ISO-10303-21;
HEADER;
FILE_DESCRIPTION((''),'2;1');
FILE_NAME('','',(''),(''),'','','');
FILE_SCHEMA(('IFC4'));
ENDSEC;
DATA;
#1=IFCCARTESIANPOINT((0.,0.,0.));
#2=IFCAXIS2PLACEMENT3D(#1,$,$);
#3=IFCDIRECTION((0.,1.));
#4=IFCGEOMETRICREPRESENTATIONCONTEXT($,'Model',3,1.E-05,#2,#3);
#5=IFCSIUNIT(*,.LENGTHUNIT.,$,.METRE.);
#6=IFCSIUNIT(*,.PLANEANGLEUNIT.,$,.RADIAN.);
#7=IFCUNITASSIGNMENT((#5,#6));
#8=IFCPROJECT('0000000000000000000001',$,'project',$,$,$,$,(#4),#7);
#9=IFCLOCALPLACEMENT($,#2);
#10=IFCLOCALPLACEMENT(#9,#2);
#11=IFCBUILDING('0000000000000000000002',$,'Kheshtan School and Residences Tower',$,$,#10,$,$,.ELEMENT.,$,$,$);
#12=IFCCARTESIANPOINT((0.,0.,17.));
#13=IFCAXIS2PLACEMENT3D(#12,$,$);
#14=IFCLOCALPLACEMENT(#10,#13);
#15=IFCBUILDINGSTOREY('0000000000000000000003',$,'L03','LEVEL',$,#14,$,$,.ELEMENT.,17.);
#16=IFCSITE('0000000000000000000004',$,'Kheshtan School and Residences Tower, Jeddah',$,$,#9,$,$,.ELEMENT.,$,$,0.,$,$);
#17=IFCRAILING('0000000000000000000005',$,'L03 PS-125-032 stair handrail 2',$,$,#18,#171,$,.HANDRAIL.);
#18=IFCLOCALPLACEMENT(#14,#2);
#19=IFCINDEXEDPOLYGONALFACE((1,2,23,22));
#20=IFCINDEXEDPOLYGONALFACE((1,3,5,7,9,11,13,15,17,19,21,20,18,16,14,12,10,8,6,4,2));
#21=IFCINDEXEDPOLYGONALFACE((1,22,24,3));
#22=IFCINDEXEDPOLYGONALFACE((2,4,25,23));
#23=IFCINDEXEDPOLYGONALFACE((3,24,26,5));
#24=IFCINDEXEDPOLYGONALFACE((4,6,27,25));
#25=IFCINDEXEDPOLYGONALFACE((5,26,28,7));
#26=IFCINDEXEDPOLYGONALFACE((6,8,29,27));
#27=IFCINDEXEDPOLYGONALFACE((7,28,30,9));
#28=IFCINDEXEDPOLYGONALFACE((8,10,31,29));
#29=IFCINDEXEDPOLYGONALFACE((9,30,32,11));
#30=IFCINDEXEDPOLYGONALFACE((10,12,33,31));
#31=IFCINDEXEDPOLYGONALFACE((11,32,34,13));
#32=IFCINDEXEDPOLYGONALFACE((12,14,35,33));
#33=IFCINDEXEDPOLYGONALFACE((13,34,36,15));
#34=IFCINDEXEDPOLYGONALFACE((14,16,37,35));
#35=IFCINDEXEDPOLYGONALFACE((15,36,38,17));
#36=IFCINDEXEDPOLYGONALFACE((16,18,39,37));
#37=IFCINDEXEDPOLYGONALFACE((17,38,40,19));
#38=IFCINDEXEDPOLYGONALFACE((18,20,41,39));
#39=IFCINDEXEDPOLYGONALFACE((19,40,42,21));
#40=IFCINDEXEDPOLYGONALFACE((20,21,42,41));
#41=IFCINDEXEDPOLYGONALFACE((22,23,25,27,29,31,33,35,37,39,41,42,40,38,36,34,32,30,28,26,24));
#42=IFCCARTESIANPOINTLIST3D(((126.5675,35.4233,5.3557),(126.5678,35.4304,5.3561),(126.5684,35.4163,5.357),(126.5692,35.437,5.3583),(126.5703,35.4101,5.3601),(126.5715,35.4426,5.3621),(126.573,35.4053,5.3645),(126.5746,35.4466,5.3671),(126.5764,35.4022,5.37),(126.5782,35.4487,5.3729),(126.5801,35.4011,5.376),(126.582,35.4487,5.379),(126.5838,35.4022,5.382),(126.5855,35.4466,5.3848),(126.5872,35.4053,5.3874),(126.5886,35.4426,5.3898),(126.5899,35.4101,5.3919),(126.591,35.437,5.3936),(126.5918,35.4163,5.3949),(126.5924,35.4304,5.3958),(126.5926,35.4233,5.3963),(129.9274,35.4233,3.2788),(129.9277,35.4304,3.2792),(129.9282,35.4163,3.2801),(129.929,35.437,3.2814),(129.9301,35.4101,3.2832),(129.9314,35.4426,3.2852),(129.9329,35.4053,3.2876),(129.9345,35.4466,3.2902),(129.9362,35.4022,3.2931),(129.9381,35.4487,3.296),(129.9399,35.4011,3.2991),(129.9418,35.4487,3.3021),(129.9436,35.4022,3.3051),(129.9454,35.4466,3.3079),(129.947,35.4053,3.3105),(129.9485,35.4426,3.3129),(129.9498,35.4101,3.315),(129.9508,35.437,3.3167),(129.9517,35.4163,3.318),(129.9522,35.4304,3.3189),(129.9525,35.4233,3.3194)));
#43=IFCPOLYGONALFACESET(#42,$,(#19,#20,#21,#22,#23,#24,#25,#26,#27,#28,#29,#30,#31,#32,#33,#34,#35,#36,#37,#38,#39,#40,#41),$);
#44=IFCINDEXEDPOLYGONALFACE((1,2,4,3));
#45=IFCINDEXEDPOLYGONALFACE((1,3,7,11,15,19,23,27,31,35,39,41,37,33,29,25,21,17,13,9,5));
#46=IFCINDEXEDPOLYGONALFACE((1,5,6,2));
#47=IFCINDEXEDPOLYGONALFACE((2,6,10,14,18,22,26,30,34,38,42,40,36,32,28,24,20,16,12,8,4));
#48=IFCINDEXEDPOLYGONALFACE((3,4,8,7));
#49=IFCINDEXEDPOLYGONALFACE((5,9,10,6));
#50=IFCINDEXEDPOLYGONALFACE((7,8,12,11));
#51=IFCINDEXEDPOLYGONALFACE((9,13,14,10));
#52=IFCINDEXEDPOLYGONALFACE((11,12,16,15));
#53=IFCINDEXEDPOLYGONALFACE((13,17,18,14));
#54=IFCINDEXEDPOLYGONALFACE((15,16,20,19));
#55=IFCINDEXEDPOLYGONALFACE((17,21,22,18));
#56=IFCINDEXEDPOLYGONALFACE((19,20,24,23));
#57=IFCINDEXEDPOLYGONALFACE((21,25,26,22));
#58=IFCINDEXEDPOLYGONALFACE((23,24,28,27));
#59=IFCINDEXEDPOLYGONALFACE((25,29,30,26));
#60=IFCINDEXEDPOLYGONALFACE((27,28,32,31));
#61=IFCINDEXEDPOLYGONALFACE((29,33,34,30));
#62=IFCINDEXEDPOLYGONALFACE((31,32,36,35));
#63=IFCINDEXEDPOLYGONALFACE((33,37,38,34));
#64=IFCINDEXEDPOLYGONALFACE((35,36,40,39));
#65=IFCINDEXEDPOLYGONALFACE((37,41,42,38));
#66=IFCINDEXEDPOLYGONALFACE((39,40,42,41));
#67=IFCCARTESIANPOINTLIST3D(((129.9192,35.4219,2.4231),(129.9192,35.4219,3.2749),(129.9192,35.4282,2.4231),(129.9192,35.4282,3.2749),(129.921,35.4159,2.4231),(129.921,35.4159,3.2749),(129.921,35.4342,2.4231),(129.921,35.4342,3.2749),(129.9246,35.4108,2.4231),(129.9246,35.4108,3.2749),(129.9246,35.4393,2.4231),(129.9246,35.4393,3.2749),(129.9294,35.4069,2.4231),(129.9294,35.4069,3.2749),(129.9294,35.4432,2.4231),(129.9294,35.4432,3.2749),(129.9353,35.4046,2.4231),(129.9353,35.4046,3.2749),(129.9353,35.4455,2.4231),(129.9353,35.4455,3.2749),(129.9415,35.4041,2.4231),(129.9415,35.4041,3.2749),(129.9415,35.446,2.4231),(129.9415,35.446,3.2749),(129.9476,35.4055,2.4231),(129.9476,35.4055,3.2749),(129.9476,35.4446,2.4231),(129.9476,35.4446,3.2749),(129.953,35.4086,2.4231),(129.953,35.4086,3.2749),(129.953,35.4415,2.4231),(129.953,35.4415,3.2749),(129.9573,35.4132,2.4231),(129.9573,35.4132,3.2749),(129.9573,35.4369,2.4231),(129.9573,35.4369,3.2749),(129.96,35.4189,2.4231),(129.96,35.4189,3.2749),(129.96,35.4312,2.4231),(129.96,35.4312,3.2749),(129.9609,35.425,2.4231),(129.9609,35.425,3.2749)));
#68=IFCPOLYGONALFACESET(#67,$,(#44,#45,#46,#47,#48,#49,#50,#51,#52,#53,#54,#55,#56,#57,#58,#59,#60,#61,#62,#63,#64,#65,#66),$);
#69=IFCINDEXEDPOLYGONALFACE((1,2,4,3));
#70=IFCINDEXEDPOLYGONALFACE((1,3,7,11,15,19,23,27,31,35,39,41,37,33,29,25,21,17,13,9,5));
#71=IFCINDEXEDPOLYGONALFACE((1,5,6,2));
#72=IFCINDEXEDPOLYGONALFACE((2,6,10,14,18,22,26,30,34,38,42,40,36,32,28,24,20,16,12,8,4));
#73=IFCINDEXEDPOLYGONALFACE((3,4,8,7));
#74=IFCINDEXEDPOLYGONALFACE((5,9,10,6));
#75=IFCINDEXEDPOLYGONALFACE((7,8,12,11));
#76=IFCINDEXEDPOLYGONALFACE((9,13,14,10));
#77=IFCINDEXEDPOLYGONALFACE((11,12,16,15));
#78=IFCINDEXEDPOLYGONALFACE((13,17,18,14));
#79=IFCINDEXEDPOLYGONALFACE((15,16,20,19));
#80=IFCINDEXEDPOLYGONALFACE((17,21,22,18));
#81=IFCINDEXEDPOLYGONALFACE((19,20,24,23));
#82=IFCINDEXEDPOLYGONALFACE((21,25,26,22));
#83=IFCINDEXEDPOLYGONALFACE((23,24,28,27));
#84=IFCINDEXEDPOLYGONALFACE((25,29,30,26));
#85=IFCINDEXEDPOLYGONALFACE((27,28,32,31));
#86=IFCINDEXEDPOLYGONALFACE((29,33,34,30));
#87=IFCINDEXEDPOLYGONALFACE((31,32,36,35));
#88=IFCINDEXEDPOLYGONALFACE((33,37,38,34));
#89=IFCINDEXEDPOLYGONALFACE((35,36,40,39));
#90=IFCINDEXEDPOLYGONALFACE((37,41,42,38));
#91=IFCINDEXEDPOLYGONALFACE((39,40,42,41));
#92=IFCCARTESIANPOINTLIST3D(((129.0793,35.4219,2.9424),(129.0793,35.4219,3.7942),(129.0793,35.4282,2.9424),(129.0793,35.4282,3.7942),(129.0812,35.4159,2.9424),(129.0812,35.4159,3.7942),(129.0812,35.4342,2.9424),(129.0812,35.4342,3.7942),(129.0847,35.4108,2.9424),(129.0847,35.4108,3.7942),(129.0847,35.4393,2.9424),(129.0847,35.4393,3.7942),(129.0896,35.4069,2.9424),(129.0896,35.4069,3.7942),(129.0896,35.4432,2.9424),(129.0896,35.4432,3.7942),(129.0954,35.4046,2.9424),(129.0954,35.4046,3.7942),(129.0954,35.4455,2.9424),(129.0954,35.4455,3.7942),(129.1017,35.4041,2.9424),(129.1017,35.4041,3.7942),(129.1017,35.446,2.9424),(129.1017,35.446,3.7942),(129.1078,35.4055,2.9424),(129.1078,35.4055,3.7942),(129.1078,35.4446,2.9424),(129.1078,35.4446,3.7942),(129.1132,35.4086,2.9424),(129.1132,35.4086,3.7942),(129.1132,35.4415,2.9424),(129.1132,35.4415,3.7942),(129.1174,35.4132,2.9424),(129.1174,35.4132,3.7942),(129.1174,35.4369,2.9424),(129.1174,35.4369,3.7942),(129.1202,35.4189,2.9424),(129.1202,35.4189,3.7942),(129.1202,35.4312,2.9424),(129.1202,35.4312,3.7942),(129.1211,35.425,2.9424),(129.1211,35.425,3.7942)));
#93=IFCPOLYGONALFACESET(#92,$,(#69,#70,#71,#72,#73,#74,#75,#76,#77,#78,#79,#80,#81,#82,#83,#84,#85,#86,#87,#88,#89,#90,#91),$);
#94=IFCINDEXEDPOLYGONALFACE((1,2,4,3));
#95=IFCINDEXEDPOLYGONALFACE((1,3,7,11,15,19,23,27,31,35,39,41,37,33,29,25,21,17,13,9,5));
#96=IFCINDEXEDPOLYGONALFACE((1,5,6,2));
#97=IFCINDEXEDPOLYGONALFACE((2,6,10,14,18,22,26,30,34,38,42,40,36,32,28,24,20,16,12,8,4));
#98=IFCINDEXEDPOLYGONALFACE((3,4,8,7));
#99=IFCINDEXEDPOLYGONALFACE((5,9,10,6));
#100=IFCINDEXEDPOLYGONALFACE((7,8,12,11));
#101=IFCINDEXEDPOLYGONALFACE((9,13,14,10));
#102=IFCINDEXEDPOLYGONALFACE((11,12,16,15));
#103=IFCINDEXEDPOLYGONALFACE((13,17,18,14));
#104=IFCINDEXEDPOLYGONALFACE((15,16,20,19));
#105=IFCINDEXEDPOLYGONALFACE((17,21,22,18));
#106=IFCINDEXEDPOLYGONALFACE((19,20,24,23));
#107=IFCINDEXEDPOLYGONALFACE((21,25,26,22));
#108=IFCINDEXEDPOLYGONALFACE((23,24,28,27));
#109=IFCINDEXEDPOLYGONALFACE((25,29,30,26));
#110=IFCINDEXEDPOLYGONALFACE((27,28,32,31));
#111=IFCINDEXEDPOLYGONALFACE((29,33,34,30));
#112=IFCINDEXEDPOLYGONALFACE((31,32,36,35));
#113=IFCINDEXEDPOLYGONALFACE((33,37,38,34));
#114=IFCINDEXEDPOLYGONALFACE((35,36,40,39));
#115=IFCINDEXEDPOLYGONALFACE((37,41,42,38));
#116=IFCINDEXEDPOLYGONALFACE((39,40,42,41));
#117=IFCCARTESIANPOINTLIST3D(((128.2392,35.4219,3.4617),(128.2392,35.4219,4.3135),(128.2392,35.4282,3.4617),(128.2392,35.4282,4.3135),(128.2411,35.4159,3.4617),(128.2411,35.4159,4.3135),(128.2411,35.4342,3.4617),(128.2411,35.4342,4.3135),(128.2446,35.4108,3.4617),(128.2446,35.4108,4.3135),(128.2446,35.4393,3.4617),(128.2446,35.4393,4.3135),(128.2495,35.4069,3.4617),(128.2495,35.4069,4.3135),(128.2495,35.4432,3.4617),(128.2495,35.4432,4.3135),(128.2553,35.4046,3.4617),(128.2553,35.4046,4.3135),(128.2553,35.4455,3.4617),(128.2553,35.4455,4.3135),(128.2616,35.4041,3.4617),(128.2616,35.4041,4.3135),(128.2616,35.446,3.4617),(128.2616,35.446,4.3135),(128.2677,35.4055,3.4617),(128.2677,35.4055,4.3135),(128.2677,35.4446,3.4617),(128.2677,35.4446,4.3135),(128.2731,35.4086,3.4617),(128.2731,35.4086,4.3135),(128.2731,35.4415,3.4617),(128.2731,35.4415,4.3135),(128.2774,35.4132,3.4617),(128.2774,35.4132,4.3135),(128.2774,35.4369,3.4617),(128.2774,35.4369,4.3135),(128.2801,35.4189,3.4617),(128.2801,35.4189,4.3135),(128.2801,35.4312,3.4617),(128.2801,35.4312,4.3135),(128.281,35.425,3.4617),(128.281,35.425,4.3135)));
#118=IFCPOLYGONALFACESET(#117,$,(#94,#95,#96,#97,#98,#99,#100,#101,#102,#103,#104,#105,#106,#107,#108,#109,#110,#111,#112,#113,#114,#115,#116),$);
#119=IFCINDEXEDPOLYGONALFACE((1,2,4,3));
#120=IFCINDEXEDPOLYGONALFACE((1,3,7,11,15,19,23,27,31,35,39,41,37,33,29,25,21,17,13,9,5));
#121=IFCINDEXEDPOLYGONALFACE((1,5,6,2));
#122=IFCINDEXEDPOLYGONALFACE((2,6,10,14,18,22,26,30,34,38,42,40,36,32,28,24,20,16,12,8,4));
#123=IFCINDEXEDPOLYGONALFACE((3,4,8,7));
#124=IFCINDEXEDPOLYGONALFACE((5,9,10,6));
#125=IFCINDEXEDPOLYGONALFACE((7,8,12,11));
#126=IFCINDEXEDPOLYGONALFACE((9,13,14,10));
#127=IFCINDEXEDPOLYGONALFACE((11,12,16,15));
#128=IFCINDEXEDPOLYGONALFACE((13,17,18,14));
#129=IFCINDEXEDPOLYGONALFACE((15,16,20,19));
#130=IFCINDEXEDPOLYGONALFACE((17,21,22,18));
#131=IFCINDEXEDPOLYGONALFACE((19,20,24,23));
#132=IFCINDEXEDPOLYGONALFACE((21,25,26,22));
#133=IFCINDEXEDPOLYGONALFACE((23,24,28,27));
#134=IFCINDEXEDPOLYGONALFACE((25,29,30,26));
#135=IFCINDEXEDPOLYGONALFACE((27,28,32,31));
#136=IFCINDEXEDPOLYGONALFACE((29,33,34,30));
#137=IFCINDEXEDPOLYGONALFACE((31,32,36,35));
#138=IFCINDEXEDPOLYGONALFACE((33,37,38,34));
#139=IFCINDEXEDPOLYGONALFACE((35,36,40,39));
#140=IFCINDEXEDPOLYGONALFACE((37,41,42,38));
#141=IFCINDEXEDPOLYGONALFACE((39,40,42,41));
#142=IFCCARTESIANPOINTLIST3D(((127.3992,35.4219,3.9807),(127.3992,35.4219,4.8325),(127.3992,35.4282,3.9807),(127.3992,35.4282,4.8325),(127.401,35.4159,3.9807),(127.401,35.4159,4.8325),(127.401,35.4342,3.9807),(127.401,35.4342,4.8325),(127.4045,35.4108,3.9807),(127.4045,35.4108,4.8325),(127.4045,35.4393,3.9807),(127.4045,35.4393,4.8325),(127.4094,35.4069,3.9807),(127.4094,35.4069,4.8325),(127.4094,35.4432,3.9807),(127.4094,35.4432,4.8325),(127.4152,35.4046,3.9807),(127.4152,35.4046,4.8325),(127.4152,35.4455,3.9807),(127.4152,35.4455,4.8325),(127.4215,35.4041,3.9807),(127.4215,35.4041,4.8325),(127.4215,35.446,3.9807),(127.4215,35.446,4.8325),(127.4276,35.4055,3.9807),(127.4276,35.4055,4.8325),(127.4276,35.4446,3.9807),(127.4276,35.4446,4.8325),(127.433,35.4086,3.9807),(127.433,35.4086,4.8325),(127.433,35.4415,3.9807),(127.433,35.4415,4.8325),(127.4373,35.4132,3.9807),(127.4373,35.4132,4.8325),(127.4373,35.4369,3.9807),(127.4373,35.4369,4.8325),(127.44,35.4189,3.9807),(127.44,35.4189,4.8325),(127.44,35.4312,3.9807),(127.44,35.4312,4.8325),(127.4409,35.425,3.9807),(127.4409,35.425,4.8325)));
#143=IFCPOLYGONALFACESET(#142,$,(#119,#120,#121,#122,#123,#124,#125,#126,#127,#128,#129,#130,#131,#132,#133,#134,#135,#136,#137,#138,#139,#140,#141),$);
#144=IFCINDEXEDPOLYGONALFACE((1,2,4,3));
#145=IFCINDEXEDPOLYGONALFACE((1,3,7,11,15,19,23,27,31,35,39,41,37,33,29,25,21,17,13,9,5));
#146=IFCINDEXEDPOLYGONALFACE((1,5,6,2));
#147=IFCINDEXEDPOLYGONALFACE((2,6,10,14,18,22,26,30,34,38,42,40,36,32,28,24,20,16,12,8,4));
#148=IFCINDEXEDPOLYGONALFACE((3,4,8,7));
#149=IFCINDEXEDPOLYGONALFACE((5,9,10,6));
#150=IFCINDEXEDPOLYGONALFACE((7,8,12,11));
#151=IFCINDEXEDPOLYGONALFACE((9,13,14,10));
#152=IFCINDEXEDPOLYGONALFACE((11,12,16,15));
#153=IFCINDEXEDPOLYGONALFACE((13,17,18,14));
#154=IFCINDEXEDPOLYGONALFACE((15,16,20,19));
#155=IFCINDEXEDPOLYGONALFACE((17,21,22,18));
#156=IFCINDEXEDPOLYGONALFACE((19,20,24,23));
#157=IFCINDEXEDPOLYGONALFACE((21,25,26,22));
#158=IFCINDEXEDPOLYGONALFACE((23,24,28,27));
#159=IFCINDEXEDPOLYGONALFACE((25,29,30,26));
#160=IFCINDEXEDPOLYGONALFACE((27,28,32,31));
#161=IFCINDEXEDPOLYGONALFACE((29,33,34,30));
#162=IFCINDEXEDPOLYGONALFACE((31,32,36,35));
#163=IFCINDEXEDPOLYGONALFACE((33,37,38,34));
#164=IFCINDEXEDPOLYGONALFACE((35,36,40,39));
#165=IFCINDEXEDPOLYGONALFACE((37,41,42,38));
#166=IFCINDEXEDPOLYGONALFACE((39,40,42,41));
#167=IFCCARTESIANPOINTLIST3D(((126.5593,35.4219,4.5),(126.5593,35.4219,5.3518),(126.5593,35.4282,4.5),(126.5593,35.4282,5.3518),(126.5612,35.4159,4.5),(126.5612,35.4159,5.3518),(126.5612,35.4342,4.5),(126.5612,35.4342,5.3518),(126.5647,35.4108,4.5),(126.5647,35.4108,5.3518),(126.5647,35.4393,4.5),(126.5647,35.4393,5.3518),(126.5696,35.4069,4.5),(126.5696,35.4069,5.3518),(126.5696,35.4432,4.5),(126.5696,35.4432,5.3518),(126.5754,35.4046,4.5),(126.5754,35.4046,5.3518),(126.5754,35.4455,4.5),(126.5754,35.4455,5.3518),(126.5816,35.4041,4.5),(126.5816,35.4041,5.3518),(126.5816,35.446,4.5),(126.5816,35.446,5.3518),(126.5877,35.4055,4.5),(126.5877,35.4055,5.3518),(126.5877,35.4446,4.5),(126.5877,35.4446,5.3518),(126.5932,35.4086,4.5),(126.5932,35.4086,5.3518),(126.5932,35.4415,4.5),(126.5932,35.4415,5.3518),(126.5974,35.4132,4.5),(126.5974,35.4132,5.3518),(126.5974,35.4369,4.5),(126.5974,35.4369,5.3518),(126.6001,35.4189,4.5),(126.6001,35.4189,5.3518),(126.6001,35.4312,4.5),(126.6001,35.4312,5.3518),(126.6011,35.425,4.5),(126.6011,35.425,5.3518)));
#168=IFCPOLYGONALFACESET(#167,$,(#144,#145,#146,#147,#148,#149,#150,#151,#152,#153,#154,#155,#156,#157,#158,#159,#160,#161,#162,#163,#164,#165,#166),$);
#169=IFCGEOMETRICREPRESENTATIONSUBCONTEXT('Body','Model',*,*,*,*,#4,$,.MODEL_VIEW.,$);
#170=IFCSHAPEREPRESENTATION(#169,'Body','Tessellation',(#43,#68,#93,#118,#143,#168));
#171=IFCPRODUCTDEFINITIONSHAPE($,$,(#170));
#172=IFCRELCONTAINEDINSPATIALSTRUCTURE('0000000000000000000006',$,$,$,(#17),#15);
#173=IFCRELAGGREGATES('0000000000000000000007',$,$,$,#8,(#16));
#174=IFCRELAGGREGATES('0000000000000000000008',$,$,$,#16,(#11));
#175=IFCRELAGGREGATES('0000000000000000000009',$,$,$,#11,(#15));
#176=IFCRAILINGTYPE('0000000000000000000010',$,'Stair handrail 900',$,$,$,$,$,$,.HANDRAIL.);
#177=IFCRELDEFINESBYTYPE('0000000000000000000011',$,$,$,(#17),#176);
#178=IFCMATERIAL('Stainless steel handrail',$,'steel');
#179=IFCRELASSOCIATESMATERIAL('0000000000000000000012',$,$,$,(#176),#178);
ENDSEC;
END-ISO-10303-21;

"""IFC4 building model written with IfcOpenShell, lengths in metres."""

from ifc_helpers import new_model, si_unit, direction, frame, origin, origin_2d, place, context, subcontext, project, spatial, circle, extrude, material, type_object, element, save


model = new_model("IFC4")

# Units and contexts
model_context = context("Model", 3, precision=1e-05, world=origin(), true_north=direction((0.0, 1.0)))
body_context = subcontext(model_context, "Body", "Model", "MODEL_VIEW")
ifc_project = project(units=[si_unit("LENGTHUNIT", "METRE"), si_unit("PLANEANGLEUNIT", "RADIAN")], contexts=[model_context])

# Site, building, storey
site_placement = place(None, origin())
site = spatial("IfcSite", under=ifc_project, at=site_placement, Name="Kheshtan School and Residences Tower, Jeddah", CompositionType="ELEMENT", RefElevation=0.0)
building_placement = place(site_placement, origin())
building = spatial("IfcBuilding", under=site, at=building_placement, Name="Kheshtan School and Residences Tower", CompositionType="ELEMENT")
storey_placement = place(building_placement, frame((0.0, 0.0, 17.0)))
storey = spatial("IfcBuildingStorey", under=building, at=storey_placement, Name="L03", Description="LEVEL", CompositionType="ELEMENT", Elevation=17.0)

# Railing
ifc_material_1 = material(Name="Stainless steel handrail", Category="steel")
railing_type_1 = type_object("IfcRailingType", Name="Stair handrail 900", PredefinedType="HANDRAIL", material=ifc_material_1)
railing_1_placement = place(storey_placement, frame((129.9399, 35.425, 2.4231)))
element("IfcRailing", 1, at=railing_1_placement, inside=storey, type_object=railing_type_1, Name="L03 PS-125-032 stair handrail 2", PredefinedType="HANDRAIL", context=body_context, shape_type="SweptSolid", body=[
    extrude(circle(Radius=0.0239, at=origin_2d()), frame((0.0, 0.0, 0.876), z_axis=(-0.850606, 0.0, 0.525803), x_axis=(0.0, -1.0, 0.0)), (0.0, 0.0, 1.0), 3.95),
    extrude(circle(Radius=0.021, at=origin_2d()), origin(), (0.0, 0.0, 1.0), 0.8518),
    extrude(circle(Radius=0.021, at=origin_2d()), frame((-0.8398, 0.0, 0.5193)), (0.0, 0.0, 1.0), 0.8518),
    extrude(circle(Radius=0.021, at=origin_2d()), frame((-1.6799, 0.0, 1.0386)), (0.0, 0.0, 1.0), 0.8518),
    extrude(circle(Radius=0.021, at=origin_2d()), frame((-2.52, 0.0, 1.5576)), (0.0, 0.0, 1.0), 0.8518),
    extrude(circle(Radius=0.021, at=origin_2d()), frame((-3.3599, 0.0, 2.0769)), (0.0, 0.0, 1.0), 0.8518),
])

save(model, "model.ifc")
